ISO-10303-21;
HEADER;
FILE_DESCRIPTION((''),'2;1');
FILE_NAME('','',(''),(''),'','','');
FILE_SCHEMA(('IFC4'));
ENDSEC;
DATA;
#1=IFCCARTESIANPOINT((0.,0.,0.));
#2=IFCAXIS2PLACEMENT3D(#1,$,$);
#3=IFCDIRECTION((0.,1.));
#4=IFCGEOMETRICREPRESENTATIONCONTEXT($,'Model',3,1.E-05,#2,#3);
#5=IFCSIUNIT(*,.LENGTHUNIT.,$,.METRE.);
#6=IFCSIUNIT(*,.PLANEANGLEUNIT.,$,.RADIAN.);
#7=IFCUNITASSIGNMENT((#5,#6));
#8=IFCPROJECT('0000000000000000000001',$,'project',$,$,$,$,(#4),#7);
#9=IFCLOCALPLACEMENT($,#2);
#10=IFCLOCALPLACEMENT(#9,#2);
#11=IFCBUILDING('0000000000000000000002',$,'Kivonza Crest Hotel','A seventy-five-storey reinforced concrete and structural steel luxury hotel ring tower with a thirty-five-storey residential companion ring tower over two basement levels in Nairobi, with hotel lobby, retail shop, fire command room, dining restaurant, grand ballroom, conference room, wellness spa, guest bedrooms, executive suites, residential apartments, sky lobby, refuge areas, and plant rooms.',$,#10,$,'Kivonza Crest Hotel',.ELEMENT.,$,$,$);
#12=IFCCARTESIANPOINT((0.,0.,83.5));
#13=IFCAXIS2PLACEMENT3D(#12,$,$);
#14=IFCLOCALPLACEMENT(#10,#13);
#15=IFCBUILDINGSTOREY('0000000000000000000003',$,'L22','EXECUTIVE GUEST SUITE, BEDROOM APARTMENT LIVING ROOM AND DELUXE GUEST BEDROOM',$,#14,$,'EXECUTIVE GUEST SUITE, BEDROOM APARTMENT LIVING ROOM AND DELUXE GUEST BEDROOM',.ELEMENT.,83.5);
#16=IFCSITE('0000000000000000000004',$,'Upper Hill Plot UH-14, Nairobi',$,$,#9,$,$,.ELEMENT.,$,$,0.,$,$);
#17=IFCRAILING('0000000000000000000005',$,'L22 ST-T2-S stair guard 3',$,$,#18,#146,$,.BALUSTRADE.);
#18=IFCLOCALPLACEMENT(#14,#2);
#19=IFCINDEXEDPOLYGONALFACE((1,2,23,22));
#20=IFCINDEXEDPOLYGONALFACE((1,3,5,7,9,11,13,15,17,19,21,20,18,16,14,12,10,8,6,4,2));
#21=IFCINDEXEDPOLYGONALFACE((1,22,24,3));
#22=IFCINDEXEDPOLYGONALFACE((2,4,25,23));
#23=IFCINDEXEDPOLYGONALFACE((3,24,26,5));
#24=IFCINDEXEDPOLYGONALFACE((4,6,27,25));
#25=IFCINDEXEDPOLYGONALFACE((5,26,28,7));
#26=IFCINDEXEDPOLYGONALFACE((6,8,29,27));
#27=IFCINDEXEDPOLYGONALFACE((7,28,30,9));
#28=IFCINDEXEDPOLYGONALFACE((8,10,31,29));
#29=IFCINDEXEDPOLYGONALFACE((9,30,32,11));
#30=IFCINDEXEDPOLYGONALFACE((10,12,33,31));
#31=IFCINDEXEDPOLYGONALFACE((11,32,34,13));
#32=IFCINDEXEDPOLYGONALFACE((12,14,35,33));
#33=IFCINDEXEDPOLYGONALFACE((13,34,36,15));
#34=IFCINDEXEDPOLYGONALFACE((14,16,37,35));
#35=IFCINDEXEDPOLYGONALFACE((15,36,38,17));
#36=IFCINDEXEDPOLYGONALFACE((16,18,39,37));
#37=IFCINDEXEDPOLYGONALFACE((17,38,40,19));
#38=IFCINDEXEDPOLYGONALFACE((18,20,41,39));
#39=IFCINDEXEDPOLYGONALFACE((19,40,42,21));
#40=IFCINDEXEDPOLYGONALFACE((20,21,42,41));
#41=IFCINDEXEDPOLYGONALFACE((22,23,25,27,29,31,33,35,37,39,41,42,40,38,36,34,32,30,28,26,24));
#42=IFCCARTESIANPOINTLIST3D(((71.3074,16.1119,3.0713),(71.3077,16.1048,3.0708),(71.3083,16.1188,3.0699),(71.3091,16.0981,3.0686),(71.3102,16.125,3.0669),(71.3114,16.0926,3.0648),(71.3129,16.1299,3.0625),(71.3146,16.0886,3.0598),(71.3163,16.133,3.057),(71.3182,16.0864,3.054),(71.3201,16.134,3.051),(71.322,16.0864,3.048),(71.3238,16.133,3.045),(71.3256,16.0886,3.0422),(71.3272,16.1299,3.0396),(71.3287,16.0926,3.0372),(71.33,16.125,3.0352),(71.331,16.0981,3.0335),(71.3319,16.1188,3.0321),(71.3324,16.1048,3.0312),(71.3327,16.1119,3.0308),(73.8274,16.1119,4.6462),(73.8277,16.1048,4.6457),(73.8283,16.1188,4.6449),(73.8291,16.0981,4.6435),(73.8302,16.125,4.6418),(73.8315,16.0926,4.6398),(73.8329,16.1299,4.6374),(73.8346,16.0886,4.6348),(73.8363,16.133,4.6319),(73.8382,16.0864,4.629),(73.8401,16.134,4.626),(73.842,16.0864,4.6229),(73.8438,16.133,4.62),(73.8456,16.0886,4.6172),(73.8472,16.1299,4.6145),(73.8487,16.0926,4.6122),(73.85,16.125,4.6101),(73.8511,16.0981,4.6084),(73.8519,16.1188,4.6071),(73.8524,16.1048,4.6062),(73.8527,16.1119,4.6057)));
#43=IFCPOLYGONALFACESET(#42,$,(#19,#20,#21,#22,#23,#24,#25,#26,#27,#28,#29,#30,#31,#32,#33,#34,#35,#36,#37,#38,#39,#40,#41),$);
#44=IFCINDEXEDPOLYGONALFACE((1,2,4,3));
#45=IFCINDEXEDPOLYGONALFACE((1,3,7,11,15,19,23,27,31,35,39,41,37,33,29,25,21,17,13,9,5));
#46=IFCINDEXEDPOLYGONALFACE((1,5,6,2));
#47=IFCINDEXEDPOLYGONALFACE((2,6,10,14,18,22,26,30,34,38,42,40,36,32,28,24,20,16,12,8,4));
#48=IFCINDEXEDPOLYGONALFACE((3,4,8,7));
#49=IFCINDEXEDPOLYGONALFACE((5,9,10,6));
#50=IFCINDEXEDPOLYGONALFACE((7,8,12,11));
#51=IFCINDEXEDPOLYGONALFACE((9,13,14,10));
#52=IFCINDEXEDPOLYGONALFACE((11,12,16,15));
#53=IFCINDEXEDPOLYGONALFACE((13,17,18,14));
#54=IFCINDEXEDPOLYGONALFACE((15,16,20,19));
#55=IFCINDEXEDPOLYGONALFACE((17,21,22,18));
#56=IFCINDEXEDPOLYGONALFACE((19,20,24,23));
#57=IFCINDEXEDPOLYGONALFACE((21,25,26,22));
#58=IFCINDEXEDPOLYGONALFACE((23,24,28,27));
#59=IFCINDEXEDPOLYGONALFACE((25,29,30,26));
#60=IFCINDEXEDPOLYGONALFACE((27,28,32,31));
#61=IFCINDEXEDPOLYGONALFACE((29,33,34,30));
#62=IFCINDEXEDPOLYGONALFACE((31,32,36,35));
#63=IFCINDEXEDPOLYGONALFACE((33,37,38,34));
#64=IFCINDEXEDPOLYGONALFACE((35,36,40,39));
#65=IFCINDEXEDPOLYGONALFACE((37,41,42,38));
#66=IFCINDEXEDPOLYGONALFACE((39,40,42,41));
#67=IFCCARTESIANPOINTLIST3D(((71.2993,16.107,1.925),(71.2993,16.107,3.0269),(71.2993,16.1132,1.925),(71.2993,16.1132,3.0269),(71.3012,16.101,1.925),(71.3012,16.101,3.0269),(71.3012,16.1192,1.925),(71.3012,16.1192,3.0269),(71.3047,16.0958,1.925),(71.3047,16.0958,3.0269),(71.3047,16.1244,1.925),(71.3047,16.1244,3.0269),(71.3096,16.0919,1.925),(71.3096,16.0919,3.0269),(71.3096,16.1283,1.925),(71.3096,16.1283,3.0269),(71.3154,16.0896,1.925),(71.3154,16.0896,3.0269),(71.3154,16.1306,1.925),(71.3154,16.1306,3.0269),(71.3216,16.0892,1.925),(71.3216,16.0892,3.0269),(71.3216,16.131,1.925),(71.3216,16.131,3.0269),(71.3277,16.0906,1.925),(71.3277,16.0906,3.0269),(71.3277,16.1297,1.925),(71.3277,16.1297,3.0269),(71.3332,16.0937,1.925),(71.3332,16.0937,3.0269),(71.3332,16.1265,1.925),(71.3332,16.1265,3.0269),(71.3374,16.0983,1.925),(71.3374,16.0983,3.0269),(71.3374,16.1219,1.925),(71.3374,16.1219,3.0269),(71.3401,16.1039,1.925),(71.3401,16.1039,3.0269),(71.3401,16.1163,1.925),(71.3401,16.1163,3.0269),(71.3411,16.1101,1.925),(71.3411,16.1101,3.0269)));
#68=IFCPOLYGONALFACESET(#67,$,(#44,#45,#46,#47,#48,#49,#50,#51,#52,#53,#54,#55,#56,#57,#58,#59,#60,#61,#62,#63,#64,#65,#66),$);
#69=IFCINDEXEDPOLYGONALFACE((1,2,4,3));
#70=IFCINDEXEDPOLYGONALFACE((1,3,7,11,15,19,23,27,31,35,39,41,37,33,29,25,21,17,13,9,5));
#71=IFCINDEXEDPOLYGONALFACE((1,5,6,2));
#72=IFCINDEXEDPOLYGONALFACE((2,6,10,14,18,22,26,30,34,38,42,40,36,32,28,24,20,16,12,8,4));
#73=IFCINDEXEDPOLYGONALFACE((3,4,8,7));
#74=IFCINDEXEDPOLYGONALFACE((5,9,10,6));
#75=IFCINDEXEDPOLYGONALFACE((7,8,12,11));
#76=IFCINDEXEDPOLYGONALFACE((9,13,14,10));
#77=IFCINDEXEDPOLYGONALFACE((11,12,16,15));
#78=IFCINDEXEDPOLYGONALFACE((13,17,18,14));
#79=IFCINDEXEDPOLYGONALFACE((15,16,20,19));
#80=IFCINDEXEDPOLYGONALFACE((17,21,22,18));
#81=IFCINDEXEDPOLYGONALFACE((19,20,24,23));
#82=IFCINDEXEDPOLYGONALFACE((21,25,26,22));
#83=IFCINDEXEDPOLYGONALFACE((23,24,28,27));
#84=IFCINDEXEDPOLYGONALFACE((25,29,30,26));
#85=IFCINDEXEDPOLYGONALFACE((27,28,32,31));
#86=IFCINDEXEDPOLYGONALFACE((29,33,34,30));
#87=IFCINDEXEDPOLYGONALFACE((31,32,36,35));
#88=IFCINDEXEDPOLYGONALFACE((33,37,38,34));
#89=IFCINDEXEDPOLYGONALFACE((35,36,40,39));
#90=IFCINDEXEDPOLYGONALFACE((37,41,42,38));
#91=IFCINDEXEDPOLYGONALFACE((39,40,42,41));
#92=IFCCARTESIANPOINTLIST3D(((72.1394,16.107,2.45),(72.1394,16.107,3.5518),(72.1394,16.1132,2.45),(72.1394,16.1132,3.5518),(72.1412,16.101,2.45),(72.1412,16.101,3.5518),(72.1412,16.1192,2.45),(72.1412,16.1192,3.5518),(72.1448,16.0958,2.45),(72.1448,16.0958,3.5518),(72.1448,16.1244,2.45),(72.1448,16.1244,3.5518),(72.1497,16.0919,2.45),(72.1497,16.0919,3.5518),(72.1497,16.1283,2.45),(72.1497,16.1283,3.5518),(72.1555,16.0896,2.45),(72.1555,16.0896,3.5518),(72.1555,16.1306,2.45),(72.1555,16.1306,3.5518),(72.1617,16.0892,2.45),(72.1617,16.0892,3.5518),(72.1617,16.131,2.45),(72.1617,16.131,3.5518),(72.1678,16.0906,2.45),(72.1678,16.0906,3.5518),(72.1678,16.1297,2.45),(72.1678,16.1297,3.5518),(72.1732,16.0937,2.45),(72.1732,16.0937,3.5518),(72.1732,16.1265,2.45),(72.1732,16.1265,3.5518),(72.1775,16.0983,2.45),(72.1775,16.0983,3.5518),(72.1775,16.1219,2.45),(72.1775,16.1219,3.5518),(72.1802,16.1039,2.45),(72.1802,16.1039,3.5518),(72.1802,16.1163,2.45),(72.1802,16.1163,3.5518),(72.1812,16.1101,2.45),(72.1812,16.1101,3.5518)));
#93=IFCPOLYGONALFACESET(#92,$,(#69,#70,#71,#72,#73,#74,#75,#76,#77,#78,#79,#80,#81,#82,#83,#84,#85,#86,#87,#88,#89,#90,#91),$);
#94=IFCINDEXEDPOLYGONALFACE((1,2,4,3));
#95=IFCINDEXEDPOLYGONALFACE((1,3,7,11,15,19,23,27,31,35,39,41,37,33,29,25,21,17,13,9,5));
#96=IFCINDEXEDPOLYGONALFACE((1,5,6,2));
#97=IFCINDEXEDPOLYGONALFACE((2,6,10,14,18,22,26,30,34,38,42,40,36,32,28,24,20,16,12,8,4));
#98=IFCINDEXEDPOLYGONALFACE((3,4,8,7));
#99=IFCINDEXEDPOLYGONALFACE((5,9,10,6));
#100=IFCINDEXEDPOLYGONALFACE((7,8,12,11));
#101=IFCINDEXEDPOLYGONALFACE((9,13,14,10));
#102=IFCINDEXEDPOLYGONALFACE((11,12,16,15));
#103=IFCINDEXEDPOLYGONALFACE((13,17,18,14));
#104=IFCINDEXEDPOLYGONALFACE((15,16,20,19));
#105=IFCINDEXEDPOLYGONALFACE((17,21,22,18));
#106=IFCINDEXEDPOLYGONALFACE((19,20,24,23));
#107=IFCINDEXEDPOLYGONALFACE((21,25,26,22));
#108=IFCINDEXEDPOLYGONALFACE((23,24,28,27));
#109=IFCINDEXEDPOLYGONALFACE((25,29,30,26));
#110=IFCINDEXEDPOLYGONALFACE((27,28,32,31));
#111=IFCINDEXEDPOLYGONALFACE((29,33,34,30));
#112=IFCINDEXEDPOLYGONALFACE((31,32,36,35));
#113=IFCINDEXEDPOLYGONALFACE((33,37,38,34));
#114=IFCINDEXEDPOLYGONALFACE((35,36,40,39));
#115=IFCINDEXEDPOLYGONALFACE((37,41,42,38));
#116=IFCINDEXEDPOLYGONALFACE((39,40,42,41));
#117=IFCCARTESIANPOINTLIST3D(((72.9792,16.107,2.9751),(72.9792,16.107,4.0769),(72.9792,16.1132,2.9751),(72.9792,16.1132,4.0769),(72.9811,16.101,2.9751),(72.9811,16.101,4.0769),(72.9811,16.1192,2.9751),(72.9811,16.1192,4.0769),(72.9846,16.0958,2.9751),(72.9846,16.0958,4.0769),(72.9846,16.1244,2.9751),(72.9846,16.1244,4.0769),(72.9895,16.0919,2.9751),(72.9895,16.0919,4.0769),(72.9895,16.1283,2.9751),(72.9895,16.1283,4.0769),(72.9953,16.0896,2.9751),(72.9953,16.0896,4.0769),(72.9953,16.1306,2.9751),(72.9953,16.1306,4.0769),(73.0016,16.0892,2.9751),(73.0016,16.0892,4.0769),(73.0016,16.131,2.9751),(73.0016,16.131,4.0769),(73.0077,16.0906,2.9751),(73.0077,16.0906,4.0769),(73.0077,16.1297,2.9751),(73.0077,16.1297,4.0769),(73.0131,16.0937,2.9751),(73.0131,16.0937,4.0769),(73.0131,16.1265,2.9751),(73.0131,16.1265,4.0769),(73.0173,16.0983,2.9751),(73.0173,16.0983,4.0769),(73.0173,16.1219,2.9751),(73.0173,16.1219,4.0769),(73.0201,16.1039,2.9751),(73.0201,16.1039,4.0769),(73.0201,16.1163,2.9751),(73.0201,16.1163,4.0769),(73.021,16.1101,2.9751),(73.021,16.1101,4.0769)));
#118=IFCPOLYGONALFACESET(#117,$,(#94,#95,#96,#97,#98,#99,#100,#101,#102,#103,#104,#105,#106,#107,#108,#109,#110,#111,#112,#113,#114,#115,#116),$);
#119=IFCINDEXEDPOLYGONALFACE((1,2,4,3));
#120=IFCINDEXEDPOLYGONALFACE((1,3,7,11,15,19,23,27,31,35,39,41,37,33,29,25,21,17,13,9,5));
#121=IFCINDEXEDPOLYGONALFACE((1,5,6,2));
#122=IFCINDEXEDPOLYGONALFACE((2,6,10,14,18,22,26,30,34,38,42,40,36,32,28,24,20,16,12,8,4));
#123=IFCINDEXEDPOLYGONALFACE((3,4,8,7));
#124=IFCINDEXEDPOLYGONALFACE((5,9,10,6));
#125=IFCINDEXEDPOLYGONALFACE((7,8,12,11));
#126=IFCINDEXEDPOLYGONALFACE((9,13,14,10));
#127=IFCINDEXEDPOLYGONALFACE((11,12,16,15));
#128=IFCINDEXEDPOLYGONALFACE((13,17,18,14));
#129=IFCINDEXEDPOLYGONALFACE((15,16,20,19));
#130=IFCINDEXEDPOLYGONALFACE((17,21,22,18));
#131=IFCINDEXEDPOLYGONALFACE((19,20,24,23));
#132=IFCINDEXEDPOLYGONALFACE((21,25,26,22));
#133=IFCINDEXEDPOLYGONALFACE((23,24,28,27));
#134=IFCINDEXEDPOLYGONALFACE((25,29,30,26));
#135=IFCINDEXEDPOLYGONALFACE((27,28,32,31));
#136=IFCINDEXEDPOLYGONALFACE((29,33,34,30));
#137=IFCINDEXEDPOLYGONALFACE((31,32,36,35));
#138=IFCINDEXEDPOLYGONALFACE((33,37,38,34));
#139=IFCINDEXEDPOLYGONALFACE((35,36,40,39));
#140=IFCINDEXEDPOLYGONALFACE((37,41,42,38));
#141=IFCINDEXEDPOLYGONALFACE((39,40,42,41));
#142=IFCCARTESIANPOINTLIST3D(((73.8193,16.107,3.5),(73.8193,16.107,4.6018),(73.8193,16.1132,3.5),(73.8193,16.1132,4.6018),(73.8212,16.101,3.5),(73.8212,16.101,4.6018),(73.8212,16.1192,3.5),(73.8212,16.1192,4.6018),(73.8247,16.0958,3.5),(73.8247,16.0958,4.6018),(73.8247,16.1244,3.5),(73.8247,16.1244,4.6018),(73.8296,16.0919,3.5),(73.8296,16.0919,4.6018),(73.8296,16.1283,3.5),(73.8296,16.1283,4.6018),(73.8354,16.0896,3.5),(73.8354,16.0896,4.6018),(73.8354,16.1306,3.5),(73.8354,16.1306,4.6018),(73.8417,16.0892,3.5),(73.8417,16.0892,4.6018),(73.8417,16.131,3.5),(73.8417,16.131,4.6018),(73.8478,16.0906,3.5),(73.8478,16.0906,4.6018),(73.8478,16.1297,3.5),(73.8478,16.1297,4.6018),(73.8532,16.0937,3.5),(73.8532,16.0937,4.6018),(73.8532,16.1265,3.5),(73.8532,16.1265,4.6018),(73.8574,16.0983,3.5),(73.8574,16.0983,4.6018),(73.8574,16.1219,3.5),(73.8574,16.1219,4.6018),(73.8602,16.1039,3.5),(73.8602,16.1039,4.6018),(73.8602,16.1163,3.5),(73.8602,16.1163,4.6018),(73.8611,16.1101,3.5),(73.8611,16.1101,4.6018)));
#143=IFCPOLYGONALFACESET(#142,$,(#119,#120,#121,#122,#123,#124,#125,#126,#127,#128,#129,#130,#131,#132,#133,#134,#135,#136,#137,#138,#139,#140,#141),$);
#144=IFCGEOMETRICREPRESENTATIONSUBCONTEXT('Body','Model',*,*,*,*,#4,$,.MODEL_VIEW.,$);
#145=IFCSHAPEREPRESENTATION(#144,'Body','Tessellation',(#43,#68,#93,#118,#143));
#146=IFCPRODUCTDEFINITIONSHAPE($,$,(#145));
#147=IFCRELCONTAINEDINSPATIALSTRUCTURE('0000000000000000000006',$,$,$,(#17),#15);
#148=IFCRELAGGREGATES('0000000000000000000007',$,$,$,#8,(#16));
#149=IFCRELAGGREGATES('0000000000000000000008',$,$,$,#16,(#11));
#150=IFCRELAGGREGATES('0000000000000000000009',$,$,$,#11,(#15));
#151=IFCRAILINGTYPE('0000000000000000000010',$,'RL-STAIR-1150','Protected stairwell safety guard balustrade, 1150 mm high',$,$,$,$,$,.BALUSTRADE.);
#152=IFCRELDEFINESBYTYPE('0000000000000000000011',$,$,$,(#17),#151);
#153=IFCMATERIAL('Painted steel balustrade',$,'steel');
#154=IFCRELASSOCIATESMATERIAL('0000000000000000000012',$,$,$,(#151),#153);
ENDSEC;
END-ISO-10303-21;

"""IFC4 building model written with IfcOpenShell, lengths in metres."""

from ifc_helpers import new_model, si_unit, direction, frame, origin, origin_2d, place, context, subcontext, project, spatial, circle, extrude, material, type_object, element, save


model = new_model("IFC4")

# Units and contexts
model_context = context("Model", 3, precision=1e-05, world=origin(), true_north=direction((0.0, 1.0)))
body_context = subcontext(model_context, "Body", "Model", "MODEL_VIEW")
ifc_project = project(units=[si_unit("LENGTHUNIT", "METRE"), si_unit("PLANEANGLEUNIT", "RADIAN")], contexts=[model_context])

# Site, building, storey
site_placement = place(None, origin())
site = spatial("IfcSite", under=ifc_project, at=site_placement, Name="Upper Hill Plot UH-14, Nairobi", CompositionType="ELEMENT", RefElevation=0.0)
building_placement = place(site_placement, origin())
building = spatial("IfcBuilding", under=site, at=building_placement, Name="Kivonza Crest Hotel", Description="A seventy-five-storey reinforced concrete and structural steel luxury hotel ring tower with a thirty-five-storey residential companion ring tower over two basement levels in Nairobi, with hotel lobby, retail shop, fire command room, dining restaurant, grand ballroom, conference room, wellness spa, guest bedrooms, executive suites, residential apartments, sky lobby, refuge areas, and plant rooms.", LongName="Kivonza Crest Hotel", CompositionType="ELEMENT")
storey_placement = place(building_placement, frame((0.0, 0.0, 83.5)))
storey = spatial("IfcBuildingStorey", under=building, at=storey_placement, Name="L22", Description="EXECUTIVE GUEST SUITE, BEDROOM APARTMENT LIVING ROOM AND DELUXE GUEST BEDROOM", LongName="EXECUTIVE GUEST SUITE, BEDROOM APARTMENT LIVING ROOM AND DELUXE GUEST BEDROOM", CompositionType="ELEMENT", Elevation=83.5)

# Railing
ifc_material_1 = material(Name="Painted steel balustrade", Category="steel")
railing_type_1 = type_object("IfcRailingType", Name="RL-STAIR-1150", Description="Protected stairwell safety guard balustrade, 1150 mm high", PredefinedType="BALUSTRADE", material=ifc_material_1)
railing_1_placement = place(storey_placement, frame((71.3201, 16.1101, 1.925)))
element("IfcRailing", 1, at=railing_1_placement, inside=storey, type_object=railing_type_1, Name="L22 ST-T2-S stair guard 3", PredefinedType="BALUSTRADE", context=body_context, shape_type="SweptSolid", body=[
    extrude(circle(Radius=0.0239, at=origin_2d()), frame((0.0, 0.0, 1.126), z_axis=(0.848008, 0.0, 0.529984), x_axis=(0.0, 1.0, 0.0)), (0.0, 0.0, 1.0), 2.9717),
    extrude(circle(Radius=0.021, at=origin_2d()), origin(), (0.0, 0.0, 1.0), 1.1018),
    extrude(circle(Radius=0.021, at=origin_2d()), frame((0.8401, 0.0, 0.5249)), (0.0, 0.0, 1.0), 1.1018),
    extrude(circle(Radius=0.021, at=origin_2d()), frame((1.6799, 0.0, 1.05)), (0.0, 0.0, 1.0), 1.1018),
    extrude(circle(Radius=0.021, at=origin_2d()), frame((2.52, 0.0, 1.575)), (0.0, 0.0, 1.0), 1.1018),
])

save(model, "model.ifc")
